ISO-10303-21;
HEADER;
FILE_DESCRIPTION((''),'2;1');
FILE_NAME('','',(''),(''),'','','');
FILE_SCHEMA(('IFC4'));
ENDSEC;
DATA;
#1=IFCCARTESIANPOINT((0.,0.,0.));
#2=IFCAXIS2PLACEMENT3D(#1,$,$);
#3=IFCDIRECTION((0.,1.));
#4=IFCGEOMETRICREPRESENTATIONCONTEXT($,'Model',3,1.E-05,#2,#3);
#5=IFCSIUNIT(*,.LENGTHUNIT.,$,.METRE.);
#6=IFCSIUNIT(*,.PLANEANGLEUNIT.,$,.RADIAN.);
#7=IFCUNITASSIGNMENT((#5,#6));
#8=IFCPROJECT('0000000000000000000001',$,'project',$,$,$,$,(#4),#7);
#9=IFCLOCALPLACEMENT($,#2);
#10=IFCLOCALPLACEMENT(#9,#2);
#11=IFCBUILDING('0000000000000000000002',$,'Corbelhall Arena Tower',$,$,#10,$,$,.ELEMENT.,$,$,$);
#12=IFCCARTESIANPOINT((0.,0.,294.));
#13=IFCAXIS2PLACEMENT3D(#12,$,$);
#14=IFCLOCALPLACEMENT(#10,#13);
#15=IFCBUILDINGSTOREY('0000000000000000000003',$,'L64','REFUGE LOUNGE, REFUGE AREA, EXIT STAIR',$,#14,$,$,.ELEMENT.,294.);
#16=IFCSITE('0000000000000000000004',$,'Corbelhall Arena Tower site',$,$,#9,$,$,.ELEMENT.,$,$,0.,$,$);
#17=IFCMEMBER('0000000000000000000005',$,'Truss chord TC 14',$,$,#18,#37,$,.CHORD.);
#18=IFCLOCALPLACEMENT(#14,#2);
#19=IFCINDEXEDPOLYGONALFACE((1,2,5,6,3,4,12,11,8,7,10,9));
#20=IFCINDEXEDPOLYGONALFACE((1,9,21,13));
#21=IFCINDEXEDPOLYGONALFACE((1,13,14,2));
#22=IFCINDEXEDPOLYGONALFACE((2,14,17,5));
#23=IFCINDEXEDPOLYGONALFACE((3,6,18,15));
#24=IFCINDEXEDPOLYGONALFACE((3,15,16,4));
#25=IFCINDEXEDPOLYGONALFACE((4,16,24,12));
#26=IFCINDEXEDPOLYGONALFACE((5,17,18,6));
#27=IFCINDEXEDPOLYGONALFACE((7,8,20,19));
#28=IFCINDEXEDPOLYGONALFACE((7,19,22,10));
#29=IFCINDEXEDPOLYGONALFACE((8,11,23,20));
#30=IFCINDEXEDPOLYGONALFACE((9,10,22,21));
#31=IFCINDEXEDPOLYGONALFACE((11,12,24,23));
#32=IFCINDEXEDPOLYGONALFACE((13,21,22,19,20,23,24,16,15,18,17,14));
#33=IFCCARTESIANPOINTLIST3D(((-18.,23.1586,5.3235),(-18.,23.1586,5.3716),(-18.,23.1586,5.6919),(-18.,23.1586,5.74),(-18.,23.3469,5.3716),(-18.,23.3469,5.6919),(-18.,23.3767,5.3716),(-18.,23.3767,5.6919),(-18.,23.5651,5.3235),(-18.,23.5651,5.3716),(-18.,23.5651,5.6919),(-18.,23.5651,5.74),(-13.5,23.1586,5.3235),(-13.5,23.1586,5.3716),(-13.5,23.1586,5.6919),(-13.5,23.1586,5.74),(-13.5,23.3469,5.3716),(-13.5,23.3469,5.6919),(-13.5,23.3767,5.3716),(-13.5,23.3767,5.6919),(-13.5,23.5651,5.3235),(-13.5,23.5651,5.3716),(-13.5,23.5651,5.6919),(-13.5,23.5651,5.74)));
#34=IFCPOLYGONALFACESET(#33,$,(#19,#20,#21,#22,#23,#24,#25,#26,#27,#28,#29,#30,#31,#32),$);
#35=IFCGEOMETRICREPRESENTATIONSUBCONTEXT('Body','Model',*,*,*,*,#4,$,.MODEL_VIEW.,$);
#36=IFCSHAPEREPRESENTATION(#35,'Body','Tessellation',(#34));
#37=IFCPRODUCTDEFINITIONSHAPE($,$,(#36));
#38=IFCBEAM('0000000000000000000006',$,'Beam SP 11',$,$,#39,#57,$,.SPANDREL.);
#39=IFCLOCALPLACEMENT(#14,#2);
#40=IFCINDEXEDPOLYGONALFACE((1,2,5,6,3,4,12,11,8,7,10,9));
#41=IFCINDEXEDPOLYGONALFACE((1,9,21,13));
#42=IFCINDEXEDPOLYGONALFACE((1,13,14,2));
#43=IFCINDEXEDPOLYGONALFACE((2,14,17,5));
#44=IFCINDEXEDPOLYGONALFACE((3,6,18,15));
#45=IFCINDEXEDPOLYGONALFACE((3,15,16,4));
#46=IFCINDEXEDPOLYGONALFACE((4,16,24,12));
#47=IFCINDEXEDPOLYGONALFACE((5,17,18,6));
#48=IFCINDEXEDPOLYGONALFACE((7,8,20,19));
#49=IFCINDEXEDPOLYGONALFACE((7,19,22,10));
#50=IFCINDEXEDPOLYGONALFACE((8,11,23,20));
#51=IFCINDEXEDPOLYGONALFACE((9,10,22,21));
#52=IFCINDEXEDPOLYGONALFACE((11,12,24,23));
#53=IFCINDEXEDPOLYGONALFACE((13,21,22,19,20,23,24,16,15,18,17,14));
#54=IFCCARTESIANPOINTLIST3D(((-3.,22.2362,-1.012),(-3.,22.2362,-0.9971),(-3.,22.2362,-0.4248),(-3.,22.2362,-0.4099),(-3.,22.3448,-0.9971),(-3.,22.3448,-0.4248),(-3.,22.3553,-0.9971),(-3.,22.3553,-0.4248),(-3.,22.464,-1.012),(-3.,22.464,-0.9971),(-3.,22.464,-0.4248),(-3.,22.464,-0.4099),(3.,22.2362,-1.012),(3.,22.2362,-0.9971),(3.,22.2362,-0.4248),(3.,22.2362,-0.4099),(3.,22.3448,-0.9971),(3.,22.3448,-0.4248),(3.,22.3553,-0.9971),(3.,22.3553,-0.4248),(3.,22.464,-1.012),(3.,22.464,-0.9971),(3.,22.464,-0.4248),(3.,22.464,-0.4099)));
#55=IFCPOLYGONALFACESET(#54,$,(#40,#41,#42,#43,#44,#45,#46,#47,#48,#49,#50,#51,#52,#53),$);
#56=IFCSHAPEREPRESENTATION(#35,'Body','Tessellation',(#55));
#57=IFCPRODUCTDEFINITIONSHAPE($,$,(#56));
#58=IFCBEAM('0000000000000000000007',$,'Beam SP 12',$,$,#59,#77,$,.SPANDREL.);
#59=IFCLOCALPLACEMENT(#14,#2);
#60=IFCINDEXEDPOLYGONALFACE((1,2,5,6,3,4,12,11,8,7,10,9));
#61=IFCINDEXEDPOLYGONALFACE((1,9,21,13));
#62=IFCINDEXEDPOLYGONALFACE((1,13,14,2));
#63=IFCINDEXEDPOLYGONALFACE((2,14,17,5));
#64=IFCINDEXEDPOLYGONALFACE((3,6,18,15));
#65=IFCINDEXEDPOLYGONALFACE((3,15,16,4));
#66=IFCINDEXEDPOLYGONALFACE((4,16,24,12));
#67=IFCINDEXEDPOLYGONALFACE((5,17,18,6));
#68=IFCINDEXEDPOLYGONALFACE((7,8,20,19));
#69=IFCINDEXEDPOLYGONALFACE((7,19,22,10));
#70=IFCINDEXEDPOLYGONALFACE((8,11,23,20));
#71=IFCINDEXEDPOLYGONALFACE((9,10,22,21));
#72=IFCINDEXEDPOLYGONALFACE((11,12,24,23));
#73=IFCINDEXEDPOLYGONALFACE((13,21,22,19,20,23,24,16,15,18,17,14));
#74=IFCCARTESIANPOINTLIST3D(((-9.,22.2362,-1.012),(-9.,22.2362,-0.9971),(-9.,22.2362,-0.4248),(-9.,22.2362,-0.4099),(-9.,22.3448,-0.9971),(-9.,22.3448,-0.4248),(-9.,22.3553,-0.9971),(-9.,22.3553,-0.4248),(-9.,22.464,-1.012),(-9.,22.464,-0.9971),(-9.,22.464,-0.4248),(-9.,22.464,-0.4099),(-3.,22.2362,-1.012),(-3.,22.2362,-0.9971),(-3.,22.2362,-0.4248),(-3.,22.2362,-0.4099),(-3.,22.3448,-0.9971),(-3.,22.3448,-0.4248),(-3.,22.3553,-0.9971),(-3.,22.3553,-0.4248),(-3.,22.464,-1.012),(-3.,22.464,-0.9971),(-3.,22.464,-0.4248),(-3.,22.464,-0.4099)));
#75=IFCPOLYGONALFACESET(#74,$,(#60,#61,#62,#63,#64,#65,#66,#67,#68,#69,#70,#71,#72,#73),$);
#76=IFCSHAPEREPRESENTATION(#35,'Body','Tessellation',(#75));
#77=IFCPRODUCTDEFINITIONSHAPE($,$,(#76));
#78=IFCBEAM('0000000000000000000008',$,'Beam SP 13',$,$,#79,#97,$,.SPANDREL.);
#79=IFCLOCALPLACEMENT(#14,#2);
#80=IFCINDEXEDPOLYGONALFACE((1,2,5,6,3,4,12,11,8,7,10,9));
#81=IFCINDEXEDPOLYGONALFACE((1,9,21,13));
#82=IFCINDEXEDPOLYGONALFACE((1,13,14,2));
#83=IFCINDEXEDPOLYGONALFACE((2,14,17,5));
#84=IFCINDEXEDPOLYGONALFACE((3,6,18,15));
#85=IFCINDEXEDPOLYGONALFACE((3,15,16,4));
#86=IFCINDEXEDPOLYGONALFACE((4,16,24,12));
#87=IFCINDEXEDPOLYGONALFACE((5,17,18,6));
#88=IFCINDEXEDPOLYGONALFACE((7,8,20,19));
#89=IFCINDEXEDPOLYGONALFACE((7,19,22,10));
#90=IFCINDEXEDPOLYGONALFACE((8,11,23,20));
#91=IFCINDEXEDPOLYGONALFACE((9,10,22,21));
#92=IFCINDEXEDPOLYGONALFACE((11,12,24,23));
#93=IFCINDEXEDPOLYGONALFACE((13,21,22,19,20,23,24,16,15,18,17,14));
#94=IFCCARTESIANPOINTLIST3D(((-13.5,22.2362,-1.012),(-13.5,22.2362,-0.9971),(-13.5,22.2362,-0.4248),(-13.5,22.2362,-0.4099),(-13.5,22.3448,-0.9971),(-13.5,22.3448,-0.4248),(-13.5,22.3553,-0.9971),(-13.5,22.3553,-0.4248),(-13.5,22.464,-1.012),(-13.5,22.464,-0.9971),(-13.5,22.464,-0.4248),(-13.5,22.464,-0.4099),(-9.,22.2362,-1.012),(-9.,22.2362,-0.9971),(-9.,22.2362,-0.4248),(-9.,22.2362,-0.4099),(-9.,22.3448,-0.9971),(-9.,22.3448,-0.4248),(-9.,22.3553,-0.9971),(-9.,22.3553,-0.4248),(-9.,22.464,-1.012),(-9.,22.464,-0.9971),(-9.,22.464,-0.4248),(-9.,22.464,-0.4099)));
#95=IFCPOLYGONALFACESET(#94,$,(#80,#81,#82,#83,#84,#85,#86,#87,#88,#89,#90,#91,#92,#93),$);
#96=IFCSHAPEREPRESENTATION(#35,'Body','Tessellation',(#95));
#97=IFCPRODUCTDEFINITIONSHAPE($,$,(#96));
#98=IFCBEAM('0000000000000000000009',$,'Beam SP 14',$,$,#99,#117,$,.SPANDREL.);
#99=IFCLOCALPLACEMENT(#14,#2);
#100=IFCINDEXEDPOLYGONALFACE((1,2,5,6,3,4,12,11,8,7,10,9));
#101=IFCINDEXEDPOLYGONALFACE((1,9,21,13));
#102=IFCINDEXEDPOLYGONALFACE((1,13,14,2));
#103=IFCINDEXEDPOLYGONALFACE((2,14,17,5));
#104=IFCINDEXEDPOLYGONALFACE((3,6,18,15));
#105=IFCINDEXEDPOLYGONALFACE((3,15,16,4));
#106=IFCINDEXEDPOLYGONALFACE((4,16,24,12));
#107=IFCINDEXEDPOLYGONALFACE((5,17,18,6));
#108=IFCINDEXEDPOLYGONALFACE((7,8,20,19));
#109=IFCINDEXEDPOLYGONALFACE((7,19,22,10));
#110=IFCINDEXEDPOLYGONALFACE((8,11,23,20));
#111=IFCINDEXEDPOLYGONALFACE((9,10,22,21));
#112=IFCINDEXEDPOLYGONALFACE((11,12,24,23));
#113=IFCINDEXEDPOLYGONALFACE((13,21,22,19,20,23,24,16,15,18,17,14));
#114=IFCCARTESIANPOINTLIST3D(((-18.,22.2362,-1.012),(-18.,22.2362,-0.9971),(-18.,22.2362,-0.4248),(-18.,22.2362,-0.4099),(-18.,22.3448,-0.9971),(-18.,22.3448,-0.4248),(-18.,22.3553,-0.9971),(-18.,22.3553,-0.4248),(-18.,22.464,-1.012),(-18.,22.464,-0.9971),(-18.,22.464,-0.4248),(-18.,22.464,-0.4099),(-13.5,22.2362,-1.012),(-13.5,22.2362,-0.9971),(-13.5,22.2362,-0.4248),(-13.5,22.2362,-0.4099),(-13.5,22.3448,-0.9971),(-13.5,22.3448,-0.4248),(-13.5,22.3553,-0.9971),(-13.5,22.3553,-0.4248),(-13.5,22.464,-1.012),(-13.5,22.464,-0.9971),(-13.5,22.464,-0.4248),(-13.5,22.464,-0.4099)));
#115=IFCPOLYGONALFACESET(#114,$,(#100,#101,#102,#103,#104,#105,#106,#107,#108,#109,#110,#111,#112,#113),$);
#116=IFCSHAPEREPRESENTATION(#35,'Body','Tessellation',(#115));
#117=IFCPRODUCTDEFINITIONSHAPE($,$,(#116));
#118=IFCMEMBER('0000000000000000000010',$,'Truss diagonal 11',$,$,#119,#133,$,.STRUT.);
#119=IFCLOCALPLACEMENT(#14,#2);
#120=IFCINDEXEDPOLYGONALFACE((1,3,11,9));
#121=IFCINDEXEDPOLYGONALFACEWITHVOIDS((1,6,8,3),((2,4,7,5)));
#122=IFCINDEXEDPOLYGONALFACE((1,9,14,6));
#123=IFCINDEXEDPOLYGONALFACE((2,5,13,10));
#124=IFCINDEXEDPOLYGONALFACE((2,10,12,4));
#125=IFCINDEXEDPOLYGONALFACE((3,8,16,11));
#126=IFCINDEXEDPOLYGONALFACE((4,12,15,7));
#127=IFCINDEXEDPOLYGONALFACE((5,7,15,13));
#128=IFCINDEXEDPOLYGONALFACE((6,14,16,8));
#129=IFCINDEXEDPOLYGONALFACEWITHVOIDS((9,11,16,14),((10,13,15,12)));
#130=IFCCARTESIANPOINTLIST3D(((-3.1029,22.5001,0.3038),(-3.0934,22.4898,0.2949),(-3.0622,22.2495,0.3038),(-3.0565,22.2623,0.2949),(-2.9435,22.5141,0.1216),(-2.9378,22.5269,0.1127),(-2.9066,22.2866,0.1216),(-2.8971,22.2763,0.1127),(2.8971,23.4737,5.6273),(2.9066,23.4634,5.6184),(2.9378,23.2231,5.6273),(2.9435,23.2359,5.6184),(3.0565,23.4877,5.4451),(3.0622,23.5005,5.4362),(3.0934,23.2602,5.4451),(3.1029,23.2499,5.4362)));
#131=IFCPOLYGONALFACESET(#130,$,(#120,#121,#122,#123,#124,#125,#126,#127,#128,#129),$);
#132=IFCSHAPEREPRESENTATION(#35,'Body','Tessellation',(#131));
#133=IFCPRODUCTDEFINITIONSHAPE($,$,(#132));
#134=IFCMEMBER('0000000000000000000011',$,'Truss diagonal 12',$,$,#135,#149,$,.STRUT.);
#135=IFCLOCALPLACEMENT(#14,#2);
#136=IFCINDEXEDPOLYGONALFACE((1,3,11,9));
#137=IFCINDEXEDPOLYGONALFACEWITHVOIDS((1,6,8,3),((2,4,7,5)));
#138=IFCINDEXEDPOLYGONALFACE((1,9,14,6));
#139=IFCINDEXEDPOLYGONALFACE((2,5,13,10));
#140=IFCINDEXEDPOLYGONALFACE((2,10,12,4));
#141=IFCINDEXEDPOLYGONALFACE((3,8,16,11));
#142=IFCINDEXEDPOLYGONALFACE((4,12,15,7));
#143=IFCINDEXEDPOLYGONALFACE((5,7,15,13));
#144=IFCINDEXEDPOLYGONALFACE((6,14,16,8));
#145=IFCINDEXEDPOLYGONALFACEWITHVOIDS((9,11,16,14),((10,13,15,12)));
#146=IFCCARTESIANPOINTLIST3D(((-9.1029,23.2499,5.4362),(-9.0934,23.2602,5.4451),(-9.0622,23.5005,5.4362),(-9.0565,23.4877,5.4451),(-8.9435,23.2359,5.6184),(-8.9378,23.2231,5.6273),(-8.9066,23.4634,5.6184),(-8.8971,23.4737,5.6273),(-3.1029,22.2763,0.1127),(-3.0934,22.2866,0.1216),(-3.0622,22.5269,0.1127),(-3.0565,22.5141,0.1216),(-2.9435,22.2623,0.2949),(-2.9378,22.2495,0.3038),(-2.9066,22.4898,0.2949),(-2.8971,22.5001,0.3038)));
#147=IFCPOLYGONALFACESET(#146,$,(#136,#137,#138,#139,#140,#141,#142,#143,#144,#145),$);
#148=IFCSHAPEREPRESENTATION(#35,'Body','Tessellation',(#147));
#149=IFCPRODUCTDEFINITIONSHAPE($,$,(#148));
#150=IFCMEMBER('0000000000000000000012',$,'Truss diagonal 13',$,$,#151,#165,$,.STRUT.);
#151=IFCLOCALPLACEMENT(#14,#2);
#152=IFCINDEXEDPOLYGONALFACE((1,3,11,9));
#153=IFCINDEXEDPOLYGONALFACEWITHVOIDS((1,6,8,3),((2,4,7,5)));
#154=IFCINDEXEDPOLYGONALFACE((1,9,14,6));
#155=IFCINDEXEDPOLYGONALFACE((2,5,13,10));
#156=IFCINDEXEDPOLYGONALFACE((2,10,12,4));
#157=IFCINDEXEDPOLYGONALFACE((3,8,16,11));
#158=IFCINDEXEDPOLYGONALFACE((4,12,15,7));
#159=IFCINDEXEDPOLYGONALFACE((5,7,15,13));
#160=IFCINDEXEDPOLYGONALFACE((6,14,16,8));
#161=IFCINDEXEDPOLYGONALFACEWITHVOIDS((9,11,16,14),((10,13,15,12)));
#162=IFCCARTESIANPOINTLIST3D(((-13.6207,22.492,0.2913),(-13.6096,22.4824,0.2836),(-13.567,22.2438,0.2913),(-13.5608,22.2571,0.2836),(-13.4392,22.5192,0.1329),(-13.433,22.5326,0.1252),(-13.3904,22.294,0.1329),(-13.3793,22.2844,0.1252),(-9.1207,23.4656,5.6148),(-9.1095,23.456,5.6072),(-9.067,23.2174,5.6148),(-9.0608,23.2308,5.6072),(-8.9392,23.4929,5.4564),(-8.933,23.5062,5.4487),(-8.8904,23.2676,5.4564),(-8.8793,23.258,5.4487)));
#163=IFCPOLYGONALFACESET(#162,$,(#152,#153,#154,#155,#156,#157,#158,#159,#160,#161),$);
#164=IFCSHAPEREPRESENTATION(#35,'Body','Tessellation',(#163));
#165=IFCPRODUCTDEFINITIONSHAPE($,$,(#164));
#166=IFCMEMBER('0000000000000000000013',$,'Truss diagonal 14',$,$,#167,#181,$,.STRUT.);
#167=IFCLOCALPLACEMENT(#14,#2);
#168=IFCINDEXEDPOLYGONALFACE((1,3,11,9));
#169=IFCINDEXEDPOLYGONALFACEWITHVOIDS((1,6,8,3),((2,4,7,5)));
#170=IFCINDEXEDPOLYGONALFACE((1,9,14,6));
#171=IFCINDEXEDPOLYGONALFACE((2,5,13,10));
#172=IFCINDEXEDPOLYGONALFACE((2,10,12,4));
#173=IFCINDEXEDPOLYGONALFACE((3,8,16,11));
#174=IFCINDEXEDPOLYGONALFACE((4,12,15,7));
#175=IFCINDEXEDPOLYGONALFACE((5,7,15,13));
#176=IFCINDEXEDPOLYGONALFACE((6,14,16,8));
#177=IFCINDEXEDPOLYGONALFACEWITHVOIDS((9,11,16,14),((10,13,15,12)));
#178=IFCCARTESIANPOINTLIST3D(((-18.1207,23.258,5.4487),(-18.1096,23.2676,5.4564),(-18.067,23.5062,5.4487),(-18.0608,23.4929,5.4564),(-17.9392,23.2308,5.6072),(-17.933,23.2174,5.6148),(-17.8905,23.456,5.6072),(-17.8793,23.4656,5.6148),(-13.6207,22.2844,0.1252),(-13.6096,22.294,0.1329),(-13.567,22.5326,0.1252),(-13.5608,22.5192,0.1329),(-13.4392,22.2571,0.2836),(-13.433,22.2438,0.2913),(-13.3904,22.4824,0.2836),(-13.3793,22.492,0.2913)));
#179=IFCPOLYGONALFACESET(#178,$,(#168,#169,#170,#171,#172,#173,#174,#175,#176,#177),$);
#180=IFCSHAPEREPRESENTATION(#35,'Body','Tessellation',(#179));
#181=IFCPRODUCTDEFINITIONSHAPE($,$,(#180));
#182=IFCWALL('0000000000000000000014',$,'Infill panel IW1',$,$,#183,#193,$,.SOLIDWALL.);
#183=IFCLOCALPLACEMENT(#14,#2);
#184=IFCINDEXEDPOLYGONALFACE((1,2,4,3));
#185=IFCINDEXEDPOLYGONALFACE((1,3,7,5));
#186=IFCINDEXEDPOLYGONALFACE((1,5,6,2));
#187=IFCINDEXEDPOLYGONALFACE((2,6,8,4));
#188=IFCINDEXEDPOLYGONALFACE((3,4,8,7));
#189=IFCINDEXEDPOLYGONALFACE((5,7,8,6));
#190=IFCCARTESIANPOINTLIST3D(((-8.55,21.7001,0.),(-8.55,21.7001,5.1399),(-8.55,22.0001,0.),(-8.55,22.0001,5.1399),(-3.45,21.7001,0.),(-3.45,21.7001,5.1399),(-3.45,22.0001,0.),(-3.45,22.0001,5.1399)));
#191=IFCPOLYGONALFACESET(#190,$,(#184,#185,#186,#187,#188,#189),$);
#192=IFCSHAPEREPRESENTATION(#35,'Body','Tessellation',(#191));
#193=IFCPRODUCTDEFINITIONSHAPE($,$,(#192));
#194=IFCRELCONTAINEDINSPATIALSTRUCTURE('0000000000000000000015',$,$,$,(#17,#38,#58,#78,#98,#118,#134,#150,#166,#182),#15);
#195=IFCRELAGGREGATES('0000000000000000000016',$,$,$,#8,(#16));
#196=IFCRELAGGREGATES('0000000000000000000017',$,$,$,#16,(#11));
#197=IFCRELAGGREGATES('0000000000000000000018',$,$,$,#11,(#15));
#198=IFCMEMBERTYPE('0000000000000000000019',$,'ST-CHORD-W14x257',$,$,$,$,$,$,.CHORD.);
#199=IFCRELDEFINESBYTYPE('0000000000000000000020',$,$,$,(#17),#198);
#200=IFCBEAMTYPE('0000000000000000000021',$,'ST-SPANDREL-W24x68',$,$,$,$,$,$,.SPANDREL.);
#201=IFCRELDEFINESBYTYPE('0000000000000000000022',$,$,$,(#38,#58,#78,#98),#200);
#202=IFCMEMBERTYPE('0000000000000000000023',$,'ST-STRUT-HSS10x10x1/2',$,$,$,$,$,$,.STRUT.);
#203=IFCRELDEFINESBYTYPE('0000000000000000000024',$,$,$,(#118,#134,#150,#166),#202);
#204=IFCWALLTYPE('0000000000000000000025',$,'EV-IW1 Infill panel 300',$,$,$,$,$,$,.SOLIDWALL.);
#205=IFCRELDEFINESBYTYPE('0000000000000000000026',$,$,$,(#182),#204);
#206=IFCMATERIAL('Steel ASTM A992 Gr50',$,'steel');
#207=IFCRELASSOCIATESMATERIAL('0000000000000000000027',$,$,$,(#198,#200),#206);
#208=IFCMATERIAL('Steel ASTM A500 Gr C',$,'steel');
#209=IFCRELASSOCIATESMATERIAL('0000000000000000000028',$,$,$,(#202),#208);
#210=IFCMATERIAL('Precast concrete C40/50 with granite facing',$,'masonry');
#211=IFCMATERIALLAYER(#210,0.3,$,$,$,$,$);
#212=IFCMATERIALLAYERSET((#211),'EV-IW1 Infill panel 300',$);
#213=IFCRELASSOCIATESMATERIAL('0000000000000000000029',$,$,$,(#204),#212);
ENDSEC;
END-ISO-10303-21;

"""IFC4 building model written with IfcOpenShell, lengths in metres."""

from ifc_helpers import new_model, si_unit, direction, frame, frame_2d, origin, origin_2d, place, context, subcontext, project, spatial, rectangle, hollow_rectangle, i_section, extrude, material, layer, layer_set, material_profile, profile_set, type_object, element, save


model = new_model("IFC4")

# Units and contexts
model_context = context("Model", 3, precision=1e-05, world=origin(), true_north=direction((0.0, 1.0)))
body_context = subcontext(model_context, "Body", "Model", "MODEL_VIEW")
ifc_project = project(units=[si_unit("LENGTHUNIT", "METRE"), si_unit("PLANEANGLEUNIT", "RADIAN")], contexts=[model_context])

# Site, building, storey
site_placement = place(None, origin())
site = spatial("IfcSite", under=ifc_project, at=site_placement, Name="Corbelhall Arena Tower site", CompositionType="ELEMENT", RefElevation=0.0)
building_placement = place(site_placement, origin())
building = spatial("IfcBuilding", under=site, at=building_placement, Name="Corbelhall Arena Tower", CompositionType="ELEMENT")
storey_placement = place(building_placement, frame((0.0, 0.0, 294.0)))
storey = spatial("IfcBuildingStorey", under=building, at=storey_placement, Name="L64", Description="REFUGE LOUNGE, REFUGE AREA, EXIT STAIR", CompositionType="ELEMENT", Elevation=294.0)

# Member
ifc_material_1 = material(Name="Steel ASTM A992 Gr50", Category="steel")
ifc_material_profile_1 = material_profile(ifc_material_1, i_section(OverallWidth=0.4065, OverallDepth=0.4165, WebThickness=0.0298, FlangeThickness=0.0481, at=origin_2d()))
ifc_profile_set_1 = profile_set([ifc_material_profile_1], Name="Steel ASTM A992 Gr50")
member_type_1 = type_object("IfcMemberType", Name="ST-CHORD-W14x257", PredefinedType="CHORD", material=ifc_profile_set_1)
for number, where, z_axis, x_axis, name in (
    (1, (-18.0, 23.3618, 5.5317), (1.0, 0.0, 0.0), (0.0, 1.0, 0.0), "Truss chord TC 14"),
):
    element("IfcMember", number, at=place(storey_placement, frame(where, z_axis=z_axis, x_axis=x_axis)), inside=storey, type_object=member_type_1, Name=name, PredefinedType="CHORD", context=body_context, shape_type="SweptSolid", body=[
        extrude(i_section(OverallWidth=0.4065, OverallDepth=0.4165, WebThickness=0.0298, FlangeThickness=0.0481, at=origin_2d()), origin(), (0.0, 0.0, 1.0), 4.5),
    ])

# Beams
ifc_material_profile_2 = material_profile(ifc_material_1, i_section(OverallWidth=0.2278, OverallDepth=0.6021, WebThickness=0.0105, FlangeThickness=0.0149, at=origin_2d()))
ifc_profile_set_2 = profile_set([ifc_material_profile_2], Name="Steel ASTM A992 Gr50")
beam_type = type_object("IfcBeamType", Name="ST-SPANDREL-W24x68", PredefinedType="SPANDREL", material=ifc_profile_set_2)
for number, where, z_axis, x_axis, name in (
    (2, (-3.0, 22.3501, -0.7109), (1.0, 0.0, 0.0), (0.0, 1.0, 0.0), "Beam SP 11"),
    (3, (-9.0, 22.3501, -0.7109), (1.0, 0.0, 0.0), (0.0, 1.0, 0.0), "Beam SP 12"),
):
    element("IfcBeam", number, at=place(storey_placement, frame(where, z_axis=z_axis, x_axis=x_axis)), inside=storey, type_object=beam_type, Name=name, PredefinedType="SPANDREL", context=body_context, shape_type="SweptSolid", body=[
        extrude(i_section(OverallWidth=0.2278, OverallDepth=0.6021, WebThickness=0.0105, FlangeThickness=0.0149, at=origin_2d()), origin(), (0.0, 0.0, 1.0), 6.0),
    ])
for number, where, z_axis, x_axis, name in (
    (4, (-13.5, 22.3501, -0.7109), (1.0, 0.0, 0.0), (0.0, 1.0, 0.0), "Beam SP 13"),
    (5, (-18.0, 22.3501, -0.7109), (1.0, 0.0, 0.0), (0.0, 1.0, 0.0), "Beam SP 14"),
):
    element("IfcBeam", number, at=place(storey_placement, frame(where, z_axis=z_axis, x_axis=x_axis)), inside=storey, type_object=beam_type, Name=name, PredefinedType="SPANDREL", context=body_context, shape_type="SweptSolid", body=[
        extrude(i_section(OverallWidth=0.2278, OverallDepth=0.6021, WebThickness=0.0105, FlangeThickness=0.0149, at=origin_2d()), origin(), (0.0, 0.0, 1.0), 4.5),
    ])

# Members
ifc_material_2 = material(Name="Steel ASTM A500 Gr C", Category="steel")
ifc_material_profile_3 = material_profile(ifc_material_2, hollow_rectangle(XDim=0.2539, YDim=0.2539, WallThickness=0.0117, at=origin_2d()))
ifc_profile_set_3 = profile_set([ifc_material_profile_3], Name="Steel ASTM A500 Gr C")
member_type_2 = type_object("IfcMemberType", Name="ST-STRUT-HSS10x10x1/2", PredefinedType="STRUT", material=ifc_profile_set_3)
for number, where, z_axis, x_axis, name in (
    (6, (-3.0, 22.3882, 0.2083), (0.742568, 0.120498, 0.658842), (-0.160177, 0.987088, 0.0), "Truss diagonal 11"),
    (7, (-3.0, 22.3882, 0.2083), (-0.742568, 0.120498, 0.658842), (-0.160177, -0.987088, 0.0), "Truss diagonal 12"),
):
    element("IfcMember", number, at=place(storey_placement, frame(where, z_axis=z_axis, x_axis=x_axis)), inside=storey, type_object=member_type_2, Name=name, PredefinedType="STRUT", context=body_context, shape_type="SweptSolid", body=[
        extrude(hollow_rectangle(XDim=0.2539, YDim=0.2539, WallThickness=0.0117, at=origin_2d()), origin(), (0.0, 0.0, 1.0), 8.0801),
    ])
for number, where, z_axis, x_axis, name in (
    (8, (-13.5, 22.3882, 0.2083), (0.63936, 0.138334, 0.756361), (-0.21147, 0.977385, 0.0), "Truss diagonal 13"),
    (9, (-13.5, 22.3882, 0.2083), (-0.63936, 0.138334, 0.756361), (-0.21147, -0.977385, 0.0), "Truss diagonal 14"),
):
    element("IfcMember", number, at=place(storey_placement, frame(where, z_axis=z_axis, x_axis=x_axis)), inside=storey, type_object=member_type_2, Name=name, PredefinedType="STRUT", context=body_context, shape_type="SweptSolid", body=[
        extrude(hollow_rectangle(XDim=0.2539, YDim=0.2539, WallThickness=0.0117, at=origin_2d()), origin(), (0.0, 0.0, 1.0), 7.0383),
    ])

# Wall
ifc_material_3 = material(Name="Precast concrete C40/50 with granite facing", Category="masonry")
ifc_layer_1 = layer(ifc_material_3, 0.3)
ifc_layer_set_1 = layer_set([ifc_layer_1], Name="EV-IW1 Infill panel 300")
wall_type_1 = type_object("IfcWallType", Name="EV-IW1 Infill panel 300", PredefinedType="SOLIDWALL", material=ifc_layer_set_1)
wall_1_placement = place(storey_placement, frame((-3.45, 21.8501, 0.0), z_axis=(0.0, 0.0, 1.0), x_axis=(-1.0, 0.0, 0.0)))
element("IfcWall", 10, at=wall_1_placement, inside=storey, type_object=wall_type_1, Name="Infill panel IW1", PredefinedType="SOLIDWALL", context=body_context, shape_type="SweptSolid", body=[
    extrude(rectangle(XDim=5.1001, YDim=0.3, at=frame_2d((2.55, 0.0))), origin(), (0.0, 0.0, 1.0), 5.1399),
])

save(model, "model.ifc")
